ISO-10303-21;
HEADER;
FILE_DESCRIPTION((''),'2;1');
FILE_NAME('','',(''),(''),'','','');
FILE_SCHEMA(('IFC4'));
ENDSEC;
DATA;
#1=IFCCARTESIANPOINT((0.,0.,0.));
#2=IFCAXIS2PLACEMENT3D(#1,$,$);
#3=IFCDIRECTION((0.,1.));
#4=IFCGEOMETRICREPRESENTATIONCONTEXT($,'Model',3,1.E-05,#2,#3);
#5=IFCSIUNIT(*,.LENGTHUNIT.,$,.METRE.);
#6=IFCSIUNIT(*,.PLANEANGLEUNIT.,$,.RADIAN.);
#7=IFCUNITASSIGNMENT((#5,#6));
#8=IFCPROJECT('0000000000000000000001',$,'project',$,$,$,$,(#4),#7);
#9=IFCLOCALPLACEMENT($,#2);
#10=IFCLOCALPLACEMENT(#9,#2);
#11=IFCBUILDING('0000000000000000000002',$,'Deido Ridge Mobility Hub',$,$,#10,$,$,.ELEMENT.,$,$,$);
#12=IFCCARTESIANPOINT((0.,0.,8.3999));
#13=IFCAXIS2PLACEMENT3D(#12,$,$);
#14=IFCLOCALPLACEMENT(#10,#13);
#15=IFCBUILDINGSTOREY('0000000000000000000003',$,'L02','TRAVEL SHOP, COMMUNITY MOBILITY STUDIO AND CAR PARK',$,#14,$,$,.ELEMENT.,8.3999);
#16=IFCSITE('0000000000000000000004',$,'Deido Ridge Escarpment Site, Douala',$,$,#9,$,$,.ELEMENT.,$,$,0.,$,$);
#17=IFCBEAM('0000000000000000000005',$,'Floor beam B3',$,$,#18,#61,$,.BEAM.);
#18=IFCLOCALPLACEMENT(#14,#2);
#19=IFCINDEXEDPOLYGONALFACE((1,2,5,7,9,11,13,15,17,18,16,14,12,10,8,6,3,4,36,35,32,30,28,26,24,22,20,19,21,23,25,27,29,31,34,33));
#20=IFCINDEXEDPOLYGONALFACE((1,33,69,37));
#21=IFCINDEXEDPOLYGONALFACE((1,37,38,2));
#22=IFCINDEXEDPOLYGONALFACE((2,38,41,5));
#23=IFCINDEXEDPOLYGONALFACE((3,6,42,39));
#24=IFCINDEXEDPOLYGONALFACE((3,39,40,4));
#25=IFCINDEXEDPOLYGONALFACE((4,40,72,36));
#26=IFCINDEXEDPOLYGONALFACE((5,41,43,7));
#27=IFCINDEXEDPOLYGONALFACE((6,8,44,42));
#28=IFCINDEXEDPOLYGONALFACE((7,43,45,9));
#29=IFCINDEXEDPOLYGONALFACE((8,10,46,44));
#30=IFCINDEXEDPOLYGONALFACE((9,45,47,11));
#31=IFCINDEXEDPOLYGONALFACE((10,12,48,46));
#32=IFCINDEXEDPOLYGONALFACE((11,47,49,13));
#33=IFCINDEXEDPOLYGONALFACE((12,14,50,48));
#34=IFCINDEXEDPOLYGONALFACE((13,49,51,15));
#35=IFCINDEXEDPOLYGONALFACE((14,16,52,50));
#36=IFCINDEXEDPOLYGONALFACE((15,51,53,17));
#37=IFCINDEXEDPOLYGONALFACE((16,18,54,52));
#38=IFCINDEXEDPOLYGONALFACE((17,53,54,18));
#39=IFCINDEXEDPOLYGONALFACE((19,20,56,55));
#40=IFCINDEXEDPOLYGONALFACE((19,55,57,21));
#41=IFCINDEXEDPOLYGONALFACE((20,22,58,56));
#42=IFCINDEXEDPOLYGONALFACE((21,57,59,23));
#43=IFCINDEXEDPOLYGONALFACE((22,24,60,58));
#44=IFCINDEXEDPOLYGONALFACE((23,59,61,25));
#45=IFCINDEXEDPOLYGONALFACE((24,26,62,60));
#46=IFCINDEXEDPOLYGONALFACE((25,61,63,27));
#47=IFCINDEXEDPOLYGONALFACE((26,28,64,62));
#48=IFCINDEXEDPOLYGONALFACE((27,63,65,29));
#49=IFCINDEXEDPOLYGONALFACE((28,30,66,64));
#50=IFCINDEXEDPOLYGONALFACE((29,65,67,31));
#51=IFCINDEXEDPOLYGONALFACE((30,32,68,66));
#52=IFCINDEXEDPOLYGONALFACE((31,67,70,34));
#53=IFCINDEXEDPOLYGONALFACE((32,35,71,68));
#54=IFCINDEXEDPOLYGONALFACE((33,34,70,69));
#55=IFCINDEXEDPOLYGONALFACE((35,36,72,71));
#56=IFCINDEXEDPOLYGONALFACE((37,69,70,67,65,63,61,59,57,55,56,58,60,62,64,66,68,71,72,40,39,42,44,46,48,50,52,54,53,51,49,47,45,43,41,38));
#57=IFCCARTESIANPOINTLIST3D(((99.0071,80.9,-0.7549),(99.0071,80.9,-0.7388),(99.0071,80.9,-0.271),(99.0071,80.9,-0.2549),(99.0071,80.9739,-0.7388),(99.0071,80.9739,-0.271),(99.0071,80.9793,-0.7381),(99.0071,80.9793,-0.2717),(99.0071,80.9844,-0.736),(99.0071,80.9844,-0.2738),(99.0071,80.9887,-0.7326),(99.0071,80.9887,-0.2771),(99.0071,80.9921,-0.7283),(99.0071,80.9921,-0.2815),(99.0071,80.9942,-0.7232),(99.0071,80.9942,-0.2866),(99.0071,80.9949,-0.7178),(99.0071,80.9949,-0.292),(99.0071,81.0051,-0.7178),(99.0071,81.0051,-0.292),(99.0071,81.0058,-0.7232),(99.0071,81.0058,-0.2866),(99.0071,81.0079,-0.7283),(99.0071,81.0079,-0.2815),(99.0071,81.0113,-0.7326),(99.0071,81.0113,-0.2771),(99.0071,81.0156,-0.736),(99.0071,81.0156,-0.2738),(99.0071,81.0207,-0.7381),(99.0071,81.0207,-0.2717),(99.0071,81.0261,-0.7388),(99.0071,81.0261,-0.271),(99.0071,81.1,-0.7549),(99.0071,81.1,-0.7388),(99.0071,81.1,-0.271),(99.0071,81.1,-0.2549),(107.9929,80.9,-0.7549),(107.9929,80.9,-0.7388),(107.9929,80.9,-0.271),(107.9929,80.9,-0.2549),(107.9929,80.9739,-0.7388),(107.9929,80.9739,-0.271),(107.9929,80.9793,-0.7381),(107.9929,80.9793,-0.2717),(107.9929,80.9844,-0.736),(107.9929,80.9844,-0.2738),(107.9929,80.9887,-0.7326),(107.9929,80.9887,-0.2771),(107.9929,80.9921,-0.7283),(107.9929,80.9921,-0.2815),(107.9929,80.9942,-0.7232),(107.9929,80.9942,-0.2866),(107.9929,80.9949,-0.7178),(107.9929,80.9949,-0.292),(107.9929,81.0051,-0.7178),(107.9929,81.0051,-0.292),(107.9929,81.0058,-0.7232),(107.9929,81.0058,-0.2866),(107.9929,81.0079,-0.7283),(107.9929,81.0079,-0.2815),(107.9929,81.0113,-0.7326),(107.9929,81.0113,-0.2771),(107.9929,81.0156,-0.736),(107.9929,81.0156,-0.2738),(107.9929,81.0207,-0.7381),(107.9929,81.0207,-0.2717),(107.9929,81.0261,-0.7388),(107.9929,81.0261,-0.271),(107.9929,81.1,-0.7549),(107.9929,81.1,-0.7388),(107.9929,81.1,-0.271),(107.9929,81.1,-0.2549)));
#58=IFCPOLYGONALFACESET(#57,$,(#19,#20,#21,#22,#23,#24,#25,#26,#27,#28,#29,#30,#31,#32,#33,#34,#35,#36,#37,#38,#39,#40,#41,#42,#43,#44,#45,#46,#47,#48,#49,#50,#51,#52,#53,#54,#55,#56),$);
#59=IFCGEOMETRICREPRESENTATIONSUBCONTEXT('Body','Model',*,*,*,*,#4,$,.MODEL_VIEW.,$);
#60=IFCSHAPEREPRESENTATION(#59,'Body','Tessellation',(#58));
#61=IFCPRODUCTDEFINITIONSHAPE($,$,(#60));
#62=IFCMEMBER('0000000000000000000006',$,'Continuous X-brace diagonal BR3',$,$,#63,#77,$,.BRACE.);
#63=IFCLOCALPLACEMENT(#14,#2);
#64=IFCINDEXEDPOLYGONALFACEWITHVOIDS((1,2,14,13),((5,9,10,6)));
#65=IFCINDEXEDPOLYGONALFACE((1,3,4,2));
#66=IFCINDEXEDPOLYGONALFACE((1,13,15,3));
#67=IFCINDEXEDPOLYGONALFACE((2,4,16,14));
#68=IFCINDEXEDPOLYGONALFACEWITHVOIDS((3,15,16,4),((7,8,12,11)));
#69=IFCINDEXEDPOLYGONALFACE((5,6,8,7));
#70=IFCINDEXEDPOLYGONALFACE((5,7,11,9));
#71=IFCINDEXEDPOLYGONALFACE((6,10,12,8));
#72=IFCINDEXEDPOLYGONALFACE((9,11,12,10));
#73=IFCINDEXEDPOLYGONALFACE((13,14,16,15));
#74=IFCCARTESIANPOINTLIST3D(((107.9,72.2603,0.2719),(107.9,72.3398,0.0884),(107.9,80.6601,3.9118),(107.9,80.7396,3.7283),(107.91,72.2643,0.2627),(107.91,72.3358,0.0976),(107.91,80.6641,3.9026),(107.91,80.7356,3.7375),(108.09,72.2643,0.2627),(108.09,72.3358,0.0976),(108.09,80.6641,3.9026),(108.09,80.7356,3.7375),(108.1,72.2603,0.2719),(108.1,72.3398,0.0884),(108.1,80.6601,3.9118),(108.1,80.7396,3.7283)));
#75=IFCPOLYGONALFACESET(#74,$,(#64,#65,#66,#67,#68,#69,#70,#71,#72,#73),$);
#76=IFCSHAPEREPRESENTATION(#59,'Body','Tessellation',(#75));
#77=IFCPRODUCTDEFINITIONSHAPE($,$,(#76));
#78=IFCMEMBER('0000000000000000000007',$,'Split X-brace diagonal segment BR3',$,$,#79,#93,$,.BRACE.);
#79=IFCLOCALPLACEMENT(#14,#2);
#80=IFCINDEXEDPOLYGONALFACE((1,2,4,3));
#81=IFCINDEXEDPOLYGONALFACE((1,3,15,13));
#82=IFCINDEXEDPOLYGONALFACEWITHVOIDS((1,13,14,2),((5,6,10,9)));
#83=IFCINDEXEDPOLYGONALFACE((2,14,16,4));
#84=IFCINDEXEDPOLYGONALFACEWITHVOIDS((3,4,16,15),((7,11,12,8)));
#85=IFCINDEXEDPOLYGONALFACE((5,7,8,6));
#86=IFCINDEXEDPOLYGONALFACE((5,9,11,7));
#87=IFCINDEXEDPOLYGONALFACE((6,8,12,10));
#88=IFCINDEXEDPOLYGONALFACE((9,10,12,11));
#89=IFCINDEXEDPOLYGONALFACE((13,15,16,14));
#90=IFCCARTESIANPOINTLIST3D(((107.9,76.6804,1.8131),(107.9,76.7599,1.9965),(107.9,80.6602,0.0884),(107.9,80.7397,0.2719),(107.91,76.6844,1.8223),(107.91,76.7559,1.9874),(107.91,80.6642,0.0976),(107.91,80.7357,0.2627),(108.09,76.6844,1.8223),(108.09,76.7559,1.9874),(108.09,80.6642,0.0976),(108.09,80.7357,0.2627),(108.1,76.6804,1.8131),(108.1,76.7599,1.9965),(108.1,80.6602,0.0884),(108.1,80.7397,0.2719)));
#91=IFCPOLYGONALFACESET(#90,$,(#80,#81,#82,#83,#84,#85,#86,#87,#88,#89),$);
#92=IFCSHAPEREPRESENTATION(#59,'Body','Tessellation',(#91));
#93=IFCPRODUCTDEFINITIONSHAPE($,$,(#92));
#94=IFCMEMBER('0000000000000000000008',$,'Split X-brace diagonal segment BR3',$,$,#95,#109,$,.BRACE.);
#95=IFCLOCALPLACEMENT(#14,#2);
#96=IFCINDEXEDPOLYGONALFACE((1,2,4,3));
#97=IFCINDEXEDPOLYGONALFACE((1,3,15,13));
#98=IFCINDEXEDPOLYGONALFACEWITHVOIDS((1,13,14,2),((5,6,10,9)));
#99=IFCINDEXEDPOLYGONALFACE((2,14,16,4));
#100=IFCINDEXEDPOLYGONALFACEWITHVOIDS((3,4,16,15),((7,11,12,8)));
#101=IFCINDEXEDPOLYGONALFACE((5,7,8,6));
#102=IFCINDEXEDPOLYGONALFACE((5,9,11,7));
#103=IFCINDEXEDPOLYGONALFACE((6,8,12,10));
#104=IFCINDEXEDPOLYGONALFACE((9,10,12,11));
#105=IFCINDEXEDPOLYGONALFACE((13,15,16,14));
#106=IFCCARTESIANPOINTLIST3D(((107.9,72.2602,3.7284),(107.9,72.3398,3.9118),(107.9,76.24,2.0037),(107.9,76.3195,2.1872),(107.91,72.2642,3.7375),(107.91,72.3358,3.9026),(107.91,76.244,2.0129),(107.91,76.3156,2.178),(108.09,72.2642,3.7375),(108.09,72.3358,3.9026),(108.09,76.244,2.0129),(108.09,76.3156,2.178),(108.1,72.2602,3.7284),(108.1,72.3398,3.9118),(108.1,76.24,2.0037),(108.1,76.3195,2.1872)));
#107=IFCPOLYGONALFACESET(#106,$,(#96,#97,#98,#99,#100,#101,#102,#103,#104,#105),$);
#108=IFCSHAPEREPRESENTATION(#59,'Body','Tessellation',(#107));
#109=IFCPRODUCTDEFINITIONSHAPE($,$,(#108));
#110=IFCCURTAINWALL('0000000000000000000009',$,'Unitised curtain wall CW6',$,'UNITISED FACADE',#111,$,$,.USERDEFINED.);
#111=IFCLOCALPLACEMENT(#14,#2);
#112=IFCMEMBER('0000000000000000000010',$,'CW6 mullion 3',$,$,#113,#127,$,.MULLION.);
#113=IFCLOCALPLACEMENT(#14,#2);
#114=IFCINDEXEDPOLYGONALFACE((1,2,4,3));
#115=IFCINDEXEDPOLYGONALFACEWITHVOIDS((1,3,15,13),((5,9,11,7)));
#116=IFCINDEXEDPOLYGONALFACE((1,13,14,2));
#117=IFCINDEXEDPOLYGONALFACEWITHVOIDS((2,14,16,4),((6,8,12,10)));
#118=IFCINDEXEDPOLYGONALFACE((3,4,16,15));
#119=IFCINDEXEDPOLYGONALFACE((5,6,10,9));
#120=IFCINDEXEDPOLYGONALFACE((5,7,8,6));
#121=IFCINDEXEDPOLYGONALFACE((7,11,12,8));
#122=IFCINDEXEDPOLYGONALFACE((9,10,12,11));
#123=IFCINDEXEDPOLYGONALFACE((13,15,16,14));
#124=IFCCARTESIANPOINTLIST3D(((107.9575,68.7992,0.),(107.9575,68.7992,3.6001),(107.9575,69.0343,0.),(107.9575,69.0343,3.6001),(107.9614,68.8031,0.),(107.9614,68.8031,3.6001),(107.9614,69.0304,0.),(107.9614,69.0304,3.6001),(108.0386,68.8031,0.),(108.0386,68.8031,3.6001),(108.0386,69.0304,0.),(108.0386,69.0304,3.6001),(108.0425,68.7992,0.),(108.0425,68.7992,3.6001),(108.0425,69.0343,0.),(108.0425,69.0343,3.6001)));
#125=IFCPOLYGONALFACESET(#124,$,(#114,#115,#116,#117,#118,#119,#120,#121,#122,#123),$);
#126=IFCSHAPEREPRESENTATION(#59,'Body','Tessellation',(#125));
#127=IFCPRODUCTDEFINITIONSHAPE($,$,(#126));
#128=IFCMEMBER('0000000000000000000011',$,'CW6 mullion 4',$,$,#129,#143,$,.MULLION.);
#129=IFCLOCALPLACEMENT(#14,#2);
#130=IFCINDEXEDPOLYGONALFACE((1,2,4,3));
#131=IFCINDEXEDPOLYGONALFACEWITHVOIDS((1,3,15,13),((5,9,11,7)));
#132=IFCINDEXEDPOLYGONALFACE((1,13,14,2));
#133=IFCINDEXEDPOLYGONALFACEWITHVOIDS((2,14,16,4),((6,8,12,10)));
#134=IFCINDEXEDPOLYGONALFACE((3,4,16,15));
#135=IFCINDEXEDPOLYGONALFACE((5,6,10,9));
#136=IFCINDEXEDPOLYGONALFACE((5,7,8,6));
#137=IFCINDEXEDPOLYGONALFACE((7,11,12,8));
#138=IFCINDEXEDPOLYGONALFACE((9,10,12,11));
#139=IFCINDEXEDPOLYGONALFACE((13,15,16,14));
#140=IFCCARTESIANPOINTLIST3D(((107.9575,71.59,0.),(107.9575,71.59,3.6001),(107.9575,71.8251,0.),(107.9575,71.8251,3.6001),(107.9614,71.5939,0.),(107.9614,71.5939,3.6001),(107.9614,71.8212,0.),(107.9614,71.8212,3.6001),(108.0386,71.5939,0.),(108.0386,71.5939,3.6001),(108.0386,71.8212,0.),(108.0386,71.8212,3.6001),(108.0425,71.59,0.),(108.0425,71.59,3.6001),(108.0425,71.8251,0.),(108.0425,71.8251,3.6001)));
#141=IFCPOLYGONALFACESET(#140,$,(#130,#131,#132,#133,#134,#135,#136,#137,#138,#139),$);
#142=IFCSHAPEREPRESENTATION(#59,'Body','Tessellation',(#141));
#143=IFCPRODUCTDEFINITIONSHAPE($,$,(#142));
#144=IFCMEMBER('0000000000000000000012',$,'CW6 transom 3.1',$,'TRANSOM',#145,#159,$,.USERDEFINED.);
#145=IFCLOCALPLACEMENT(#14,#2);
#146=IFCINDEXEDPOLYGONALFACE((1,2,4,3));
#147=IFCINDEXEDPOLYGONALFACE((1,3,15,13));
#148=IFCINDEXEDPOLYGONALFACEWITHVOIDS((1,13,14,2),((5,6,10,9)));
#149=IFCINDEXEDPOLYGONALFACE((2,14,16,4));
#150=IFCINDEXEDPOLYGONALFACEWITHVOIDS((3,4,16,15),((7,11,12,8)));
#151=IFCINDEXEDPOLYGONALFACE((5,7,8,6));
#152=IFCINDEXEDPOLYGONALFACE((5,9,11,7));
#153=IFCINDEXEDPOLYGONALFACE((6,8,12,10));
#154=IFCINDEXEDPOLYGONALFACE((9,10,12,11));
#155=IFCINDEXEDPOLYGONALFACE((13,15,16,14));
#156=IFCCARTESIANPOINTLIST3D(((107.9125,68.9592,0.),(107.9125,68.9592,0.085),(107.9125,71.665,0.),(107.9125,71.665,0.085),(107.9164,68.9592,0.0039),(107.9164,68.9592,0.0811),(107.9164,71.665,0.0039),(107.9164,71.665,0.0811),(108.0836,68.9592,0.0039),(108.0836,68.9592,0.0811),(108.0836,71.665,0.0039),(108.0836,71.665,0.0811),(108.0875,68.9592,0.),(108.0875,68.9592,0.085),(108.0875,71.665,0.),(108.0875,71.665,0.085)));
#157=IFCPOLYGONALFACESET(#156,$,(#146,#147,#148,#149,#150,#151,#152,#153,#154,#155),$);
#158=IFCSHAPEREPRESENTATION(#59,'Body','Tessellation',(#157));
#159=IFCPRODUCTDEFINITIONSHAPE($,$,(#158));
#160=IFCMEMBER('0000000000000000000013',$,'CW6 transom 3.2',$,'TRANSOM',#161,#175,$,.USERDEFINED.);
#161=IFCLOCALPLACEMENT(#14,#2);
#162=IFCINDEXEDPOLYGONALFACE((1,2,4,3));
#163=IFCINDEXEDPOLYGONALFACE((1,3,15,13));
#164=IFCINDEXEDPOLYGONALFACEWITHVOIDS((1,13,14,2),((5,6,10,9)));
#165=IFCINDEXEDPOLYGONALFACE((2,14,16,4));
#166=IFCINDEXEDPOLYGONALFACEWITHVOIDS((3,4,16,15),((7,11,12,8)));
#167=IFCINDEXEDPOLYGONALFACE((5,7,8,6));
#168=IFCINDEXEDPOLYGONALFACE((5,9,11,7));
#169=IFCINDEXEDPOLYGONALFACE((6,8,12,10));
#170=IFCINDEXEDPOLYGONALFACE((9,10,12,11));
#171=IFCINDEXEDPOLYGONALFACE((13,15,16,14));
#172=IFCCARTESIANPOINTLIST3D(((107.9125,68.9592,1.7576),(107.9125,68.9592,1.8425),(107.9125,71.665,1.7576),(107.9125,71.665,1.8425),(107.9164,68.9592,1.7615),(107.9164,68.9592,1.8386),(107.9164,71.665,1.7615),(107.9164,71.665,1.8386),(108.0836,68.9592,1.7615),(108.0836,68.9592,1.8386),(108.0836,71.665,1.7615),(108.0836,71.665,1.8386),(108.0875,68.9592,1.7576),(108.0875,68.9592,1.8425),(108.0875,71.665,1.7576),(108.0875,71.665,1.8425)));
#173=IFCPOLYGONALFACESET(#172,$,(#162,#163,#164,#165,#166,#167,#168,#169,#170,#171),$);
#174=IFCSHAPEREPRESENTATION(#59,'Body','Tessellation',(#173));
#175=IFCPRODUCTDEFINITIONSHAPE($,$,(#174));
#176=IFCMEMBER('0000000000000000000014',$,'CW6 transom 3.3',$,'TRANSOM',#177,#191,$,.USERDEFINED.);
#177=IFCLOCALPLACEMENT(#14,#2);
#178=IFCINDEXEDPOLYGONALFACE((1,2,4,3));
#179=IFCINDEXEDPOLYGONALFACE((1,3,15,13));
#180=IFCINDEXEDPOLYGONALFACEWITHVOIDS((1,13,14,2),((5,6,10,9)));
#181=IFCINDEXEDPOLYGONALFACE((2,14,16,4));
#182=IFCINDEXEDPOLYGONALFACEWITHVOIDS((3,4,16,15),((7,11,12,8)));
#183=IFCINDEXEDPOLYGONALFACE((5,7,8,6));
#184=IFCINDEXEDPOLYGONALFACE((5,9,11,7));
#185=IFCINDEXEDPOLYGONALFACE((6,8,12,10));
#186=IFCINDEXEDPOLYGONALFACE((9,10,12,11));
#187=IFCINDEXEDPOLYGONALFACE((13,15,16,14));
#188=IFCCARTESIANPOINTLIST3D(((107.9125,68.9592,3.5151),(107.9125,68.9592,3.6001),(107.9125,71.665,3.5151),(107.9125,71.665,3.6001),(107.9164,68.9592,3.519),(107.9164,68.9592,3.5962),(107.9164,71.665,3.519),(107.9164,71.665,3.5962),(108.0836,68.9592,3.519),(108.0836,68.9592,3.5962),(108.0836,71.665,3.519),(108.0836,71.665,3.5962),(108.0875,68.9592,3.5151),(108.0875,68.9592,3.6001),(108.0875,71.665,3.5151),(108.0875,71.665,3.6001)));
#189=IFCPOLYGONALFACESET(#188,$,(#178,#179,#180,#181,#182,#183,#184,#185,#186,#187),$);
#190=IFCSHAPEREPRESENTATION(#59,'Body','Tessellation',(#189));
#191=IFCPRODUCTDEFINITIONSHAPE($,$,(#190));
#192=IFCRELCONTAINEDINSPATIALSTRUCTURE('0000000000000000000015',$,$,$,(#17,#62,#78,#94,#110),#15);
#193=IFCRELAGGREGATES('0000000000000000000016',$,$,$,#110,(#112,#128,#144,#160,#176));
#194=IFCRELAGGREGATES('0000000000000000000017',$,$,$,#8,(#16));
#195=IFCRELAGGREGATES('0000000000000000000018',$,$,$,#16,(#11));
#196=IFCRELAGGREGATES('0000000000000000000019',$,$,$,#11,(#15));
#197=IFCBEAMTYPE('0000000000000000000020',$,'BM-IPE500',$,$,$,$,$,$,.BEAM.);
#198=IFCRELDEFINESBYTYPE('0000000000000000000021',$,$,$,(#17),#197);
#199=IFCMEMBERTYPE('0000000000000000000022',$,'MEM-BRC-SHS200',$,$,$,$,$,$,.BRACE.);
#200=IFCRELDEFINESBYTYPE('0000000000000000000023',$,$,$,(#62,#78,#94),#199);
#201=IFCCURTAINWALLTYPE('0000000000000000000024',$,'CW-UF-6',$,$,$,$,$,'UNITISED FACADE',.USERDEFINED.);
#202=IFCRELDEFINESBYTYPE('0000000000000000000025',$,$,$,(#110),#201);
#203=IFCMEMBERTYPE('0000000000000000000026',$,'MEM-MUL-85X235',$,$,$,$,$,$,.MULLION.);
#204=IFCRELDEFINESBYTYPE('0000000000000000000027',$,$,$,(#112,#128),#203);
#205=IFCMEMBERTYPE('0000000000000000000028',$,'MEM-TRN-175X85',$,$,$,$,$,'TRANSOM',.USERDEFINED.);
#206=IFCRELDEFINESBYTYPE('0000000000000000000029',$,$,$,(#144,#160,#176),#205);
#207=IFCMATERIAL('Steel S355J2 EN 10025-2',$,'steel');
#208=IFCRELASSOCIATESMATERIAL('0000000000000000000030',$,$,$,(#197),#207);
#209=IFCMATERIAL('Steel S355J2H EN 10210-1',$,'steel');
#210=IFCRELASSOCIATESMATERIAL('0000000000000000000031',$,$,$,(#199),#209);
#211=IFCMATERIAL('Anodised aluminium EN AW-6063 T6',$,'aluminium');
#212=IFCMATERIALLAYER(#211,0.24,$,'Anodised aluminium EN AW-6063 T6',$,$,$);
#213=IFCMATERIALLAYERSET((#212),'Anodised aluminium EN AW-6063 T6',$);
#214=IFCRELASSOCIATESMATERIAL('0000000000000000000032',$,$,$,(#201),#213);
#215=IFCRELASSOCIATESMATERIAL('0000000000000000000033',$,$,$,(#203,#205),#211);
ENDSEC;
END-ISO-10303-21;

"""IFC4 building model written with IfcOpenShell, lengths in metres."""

from ifc_helpers import new_model, si_unit, direction, frame, origin, origin_2d, place, context, subcontext, project, spatial, hollow_rectangle, i_section, extrude, material, layer, layer_set, material_profile, profile_set, type_object, element, aggregate, save


model = new_model("IFC4")

# Units and contexts
model_context = context("Model", 3, precision=1e-05, world=origin(), true_north=direction((0.0, 1.0)))
body_context = subcontext(model_context, "Body", "Model", "MODEL_VIEW")
ifc_project = project(units=[si_unit("LENGTHUNIT", "METRE"), si_unit("PLANEANGLEUNIT", "RADIAN")], contexts=[model_context])

# Site, building, storey
site_placement = place(None, origin())
site = spatial("IfcSite", under=ifc_project, at=site_placement, Name="Deido Ridge Escarpment Site, Douala", CompositionType="ELEMENT", RefElevation=0.0)
building_placement = place(site_placement, origin())
building = spatial("IfcBuilding", under=site, at=building_placement, Name="Deido Ridge Mobility Hub", CompositionType="ELEMENT")
storey_placement = place(building_placement, frame((0.0, 0.0, 8.3999)))
storey = spatial("IfcBuildingStorey", under=building, at=storey_placement, Name="L02", Description="TRAVEL SHOP, COMMUNITY MOBILITY STUDIO AND CAR PARK", CompositionType="ELEMENT", Elevation=8.3999)

# Shared definitions
ifc_material_1 = material(Name="Steel S355J2 EN 10025-2", Category="steel")

# Beam
ifc_material_profile_1 = material_profile(ifc_material_1, i_section(OverallWidth=0.2, OverallDepth=0.5, WebThickness=0.0103, FlangeThickness=0.0161, FilletRadius=0.021, at=origin_2d()), Name="IPE 500")
ifc_profile_set_1 = profile_set([ifc_material_profile_1], Name="Steel S355J2 EN 10025-2")
beam_type_1 = type_object("IfcBeamType", Name="BM-IPE500", PredefinedType="BEAM", material=ifc_profile_set_1)
for number, where, z_axis, x_axis, name in (
    (1, (99.0071, 81.0, -0.5049), (1.0, 0.0, 0.0), (0.0, 1.0, 0.0), "Floor beam B3"),
):
    element("IfcBeam", number, at=place(storey_placement, frame(where, z_axis=z_axis, x_axis=x_axis)), inside=storey, type_object=beam_type_1, Name=name, PredefinedType="BEAM", context=body_context, shape_type="SweptSolid", body=[
        extrude(i_section(OverallWidth=0.2, OverallDepth=0.5, WebThickness=0.0103, FlangeThickness=0.0161, FilletRadius=0.021, at=origin_2d()), origin(), (0.0, 0.0, 1.0), 8.9858),
    ])

# Members
ifc_material_2 = material(Name="Steel S355J2H EN 10210-1", Category="steel")
ifc_material_profile_2 = material_profile(ifc_material_2, hollow_rectangle(XDim=0.2, YDim=0.2, WallThickness=0.01, at=origin_2d()), Name="SHS 200x200x10")
ifc_profile_set_2 = profile_set([ifc_material_profile_2], Name="Steel S355J2H EN 10210-1")
member_type_1 = type_object("IfcMemberType", Name="MEM-BRC-SHS200", PredefinedType="BRACE", material=ifc_profile_set_2)
member_1_placement = place(storey_placement, frame((108.0, 72.3, 0.1802), z_axis=(0.0, 0.917558, 0.397601), x_axis=(-1.0, 0.0, 0.0)))
element("IfcMember", 2, at=member_1_placement, inside=storey, type_object=member_type_1, Name="Continuous X-brace diagonal BR3", PredefinedType="BRACE", context=body_context, shape_type="SweptSolid", body=[
    extrude(hollow_rectangle(XDim=0.2, YDim=0.2, WallThickness=0.01, at=origin_2d()), origin(), (0.0, 0.0, 1.0), 9.1545),
])
for number, where, z_axis, x_axis, name in (
    (3, (108.0, 80.7, 0.1802), (0.0, -0.917551, 0.397618), (1.0, 0.0, 0.0), "Split X-brace diagonal segment BR3"),
    (4, (108.0, 76.2798, 2.0955), (0.0, -0.917551, 0.397618), (1.0, 0.0, 0.0), "Split X-brace diagonal segment BR3"),
):
    element("IfcMember", number, at=place(storey_placement, frame(where, z_axis=z_axis, x_axis=x_axis)), inside=storey, type_object=member_type_1, Name=name, PredefinedType="BRACE", context=body_context, shape_type="SweptSolid", body=[
        extrude(hollow_rectangle(XDim=0.2, YDim=0.2, WallThickness=0.01, at=origin_2d()), origin(), (0.0, 0.0, 1.0), 4.3374),
    ])

# Curtain wall, members
ifc_material_3 = material(Name="Anodised aluminium EN AW-6063 T6", Category="aluminium")
ifc_layer_1 = layer(ifc_material_3, 0.24, Name="Anodised aluminium EN AW-6063 T6")
ifc_layer_set_1 = layer_set([ifc_layer_1], Name="Anodised aluminium EN AW-6063 T6")
curtain_wall_type = type_object("IfcCurtainWallType", Name="CW-UF-6", ElementType="UNITISED FACADE", PredefinedType="USERDEFINED", material=ifc_layer_set_1)
curtain_wall_placement = place(storey_placement, origin())
curtain_wall = element("IfcCurtainWall", 5, at=curtain_wall_placement, inside=storey, type_object=curtain_wall_type, Name="Unitised curtain wall CW6", ObjectType="UNITISED FACADE", PredefinedType="USERDEFINED")
ifc_material_profile_3 = material_profile(ifc_material_3, hollow_rectangle(XDim=0.085, YDim=0.2351, WallThickness=0.0039, at=origin_2d()), Name="RHS 85x235x4")
ifc_profile_set_3 = profile_set([ifc_material_profile_3], Name="Anodised aluminium EN AW-6063 T6")
member_type_2 = type_object("IfcMemberType", Name="MEM-MUL-85X235", PredefinedType="MULLION", material=ifc_profile_set_3)
member_2_placement = place(storey_placement, frame((108.0, 68.9167, 0.0), z_axis=(0.0, 0.0, 1.0), x_axis=(-1.0, 0.0, 0.0)))
member_2 = element("IfcMember", 6, at=member_2_placement, type_object=member_type_2, Name="CW6 mullion 3", PredefinedType="MULLION", context=body_context, shape_type="SweptSolid", body=[
    extrude(hollow_rectangle(XDim=0.085, YDim=0.2351, WallThickness=0.0039, at=origin_2d()), origin(), (0.0, 0.0, 1.0), 3.6001),
])
member_3_placement = place(storey_placement, frame((108.0, 71.7075, 0.0), z_axis=(0.0, 0.0, 1.0), x_axis=(-1.0, 0.0, 0.0)))
member_3 = element("IfcMember", 7, at=member_3_placement, type_object=member_type_2, Name="CW6 mullion 4", PredefinedType="MULLION", context=body_context, shape_type="SweptSolid", body=[
    extrude(hollow_rectangle(XDim=0.085, YDim=0.2351, WallThickness=0.0039, at=origin_2d()), origin(), (0.0, 0.0, 1.0), 3.6001),
])
ifc_material_profile_4 = material_profile(ifc_material_3, hollow_rectangle(XDim=0.175, YDim=0.085, WallThickness=0.0039, at=origin_2d()), Name="RHS 175x85x4")
ifc_profile_set_4 = profile_set([ifc_material_profile_4], Name="Anodised aluminium EN AW-6063 T6")
member_type_3 = type_object("IfcMemberType", Name="MEM-TRN-175X85", ElementType="TRANSOM", PredefinedType="USERDEFINED", material=ifc_profile_set_4)
member_4_placement = place(storey_placement, frame((108.0, 68.9592, 0.0425), z_axis=(0.0, 1.0, 0.0), x_axis=(-1.0, 0.0, 0.0)))
member_4 = element("IfcMember", 8, at=member_4_placement, type_object=member_type_3, Name="CW6 transom 3.1", ObjectType="TRANSOM", PredefinedType="USERDEFINED", context=body_context, shape_type="SweptSolid", body=[
    extrude(hollow_rectangle(XDim=0.175, YDim=0.085, WallThickness=0.0039, at=origin_2d()), origin(), (0.0, 0.0, 1.0), 2.7058),
])
member_5_placement = place(storey_placement, frame((108.0, 68.9592, 1.8), z_axis=(0.0, 1.0, 0.0), x_axis=(-1.0, 0.0, 0.0)))
member_5 = element("IfcMember", 9, at=member_5_placement, type_object=member_type_3, Name="CW6 transom 3.2", ObjectType="TRANSOM", PredefinedType="USERDEFINED", context=body_context, shape_type="SweptSolid", body=[
    extrude(hollow_rectangle(XDim=0.175, YDim=0.085, WallThickness=0.0039, at=origin_2d()), origin(), (0.0, 0.0, 1.0), 2.7058),
])
member_6_placement = place(storey_placement, frame((108.0, 68.9592, 3.5576), z_axis=(0.0, 1.0, 0.0), x_axis=(-1.0, 0.0, 0.0)))
member_6 = element("IfcMember", 10, at=member_6_placement, type_object=member_type_3, Name="CW6 transom 3.3", ObjectType="TRANSOM", PredefinedType="USERDEFINED", context=body_context, shape_type="SweptSolid", body=[
    extrude(hollow_rectangle(XDim=0.175, YDim=0.085, WallThickness=0.0039, at=origin_2d()), origin(), (0.0, 0.0, 1.0), 2.7058),
])

aggregate(curtain_wall, [member_2, member_3, member_4, member_5, member_6])

save(model, "model.ifc")
